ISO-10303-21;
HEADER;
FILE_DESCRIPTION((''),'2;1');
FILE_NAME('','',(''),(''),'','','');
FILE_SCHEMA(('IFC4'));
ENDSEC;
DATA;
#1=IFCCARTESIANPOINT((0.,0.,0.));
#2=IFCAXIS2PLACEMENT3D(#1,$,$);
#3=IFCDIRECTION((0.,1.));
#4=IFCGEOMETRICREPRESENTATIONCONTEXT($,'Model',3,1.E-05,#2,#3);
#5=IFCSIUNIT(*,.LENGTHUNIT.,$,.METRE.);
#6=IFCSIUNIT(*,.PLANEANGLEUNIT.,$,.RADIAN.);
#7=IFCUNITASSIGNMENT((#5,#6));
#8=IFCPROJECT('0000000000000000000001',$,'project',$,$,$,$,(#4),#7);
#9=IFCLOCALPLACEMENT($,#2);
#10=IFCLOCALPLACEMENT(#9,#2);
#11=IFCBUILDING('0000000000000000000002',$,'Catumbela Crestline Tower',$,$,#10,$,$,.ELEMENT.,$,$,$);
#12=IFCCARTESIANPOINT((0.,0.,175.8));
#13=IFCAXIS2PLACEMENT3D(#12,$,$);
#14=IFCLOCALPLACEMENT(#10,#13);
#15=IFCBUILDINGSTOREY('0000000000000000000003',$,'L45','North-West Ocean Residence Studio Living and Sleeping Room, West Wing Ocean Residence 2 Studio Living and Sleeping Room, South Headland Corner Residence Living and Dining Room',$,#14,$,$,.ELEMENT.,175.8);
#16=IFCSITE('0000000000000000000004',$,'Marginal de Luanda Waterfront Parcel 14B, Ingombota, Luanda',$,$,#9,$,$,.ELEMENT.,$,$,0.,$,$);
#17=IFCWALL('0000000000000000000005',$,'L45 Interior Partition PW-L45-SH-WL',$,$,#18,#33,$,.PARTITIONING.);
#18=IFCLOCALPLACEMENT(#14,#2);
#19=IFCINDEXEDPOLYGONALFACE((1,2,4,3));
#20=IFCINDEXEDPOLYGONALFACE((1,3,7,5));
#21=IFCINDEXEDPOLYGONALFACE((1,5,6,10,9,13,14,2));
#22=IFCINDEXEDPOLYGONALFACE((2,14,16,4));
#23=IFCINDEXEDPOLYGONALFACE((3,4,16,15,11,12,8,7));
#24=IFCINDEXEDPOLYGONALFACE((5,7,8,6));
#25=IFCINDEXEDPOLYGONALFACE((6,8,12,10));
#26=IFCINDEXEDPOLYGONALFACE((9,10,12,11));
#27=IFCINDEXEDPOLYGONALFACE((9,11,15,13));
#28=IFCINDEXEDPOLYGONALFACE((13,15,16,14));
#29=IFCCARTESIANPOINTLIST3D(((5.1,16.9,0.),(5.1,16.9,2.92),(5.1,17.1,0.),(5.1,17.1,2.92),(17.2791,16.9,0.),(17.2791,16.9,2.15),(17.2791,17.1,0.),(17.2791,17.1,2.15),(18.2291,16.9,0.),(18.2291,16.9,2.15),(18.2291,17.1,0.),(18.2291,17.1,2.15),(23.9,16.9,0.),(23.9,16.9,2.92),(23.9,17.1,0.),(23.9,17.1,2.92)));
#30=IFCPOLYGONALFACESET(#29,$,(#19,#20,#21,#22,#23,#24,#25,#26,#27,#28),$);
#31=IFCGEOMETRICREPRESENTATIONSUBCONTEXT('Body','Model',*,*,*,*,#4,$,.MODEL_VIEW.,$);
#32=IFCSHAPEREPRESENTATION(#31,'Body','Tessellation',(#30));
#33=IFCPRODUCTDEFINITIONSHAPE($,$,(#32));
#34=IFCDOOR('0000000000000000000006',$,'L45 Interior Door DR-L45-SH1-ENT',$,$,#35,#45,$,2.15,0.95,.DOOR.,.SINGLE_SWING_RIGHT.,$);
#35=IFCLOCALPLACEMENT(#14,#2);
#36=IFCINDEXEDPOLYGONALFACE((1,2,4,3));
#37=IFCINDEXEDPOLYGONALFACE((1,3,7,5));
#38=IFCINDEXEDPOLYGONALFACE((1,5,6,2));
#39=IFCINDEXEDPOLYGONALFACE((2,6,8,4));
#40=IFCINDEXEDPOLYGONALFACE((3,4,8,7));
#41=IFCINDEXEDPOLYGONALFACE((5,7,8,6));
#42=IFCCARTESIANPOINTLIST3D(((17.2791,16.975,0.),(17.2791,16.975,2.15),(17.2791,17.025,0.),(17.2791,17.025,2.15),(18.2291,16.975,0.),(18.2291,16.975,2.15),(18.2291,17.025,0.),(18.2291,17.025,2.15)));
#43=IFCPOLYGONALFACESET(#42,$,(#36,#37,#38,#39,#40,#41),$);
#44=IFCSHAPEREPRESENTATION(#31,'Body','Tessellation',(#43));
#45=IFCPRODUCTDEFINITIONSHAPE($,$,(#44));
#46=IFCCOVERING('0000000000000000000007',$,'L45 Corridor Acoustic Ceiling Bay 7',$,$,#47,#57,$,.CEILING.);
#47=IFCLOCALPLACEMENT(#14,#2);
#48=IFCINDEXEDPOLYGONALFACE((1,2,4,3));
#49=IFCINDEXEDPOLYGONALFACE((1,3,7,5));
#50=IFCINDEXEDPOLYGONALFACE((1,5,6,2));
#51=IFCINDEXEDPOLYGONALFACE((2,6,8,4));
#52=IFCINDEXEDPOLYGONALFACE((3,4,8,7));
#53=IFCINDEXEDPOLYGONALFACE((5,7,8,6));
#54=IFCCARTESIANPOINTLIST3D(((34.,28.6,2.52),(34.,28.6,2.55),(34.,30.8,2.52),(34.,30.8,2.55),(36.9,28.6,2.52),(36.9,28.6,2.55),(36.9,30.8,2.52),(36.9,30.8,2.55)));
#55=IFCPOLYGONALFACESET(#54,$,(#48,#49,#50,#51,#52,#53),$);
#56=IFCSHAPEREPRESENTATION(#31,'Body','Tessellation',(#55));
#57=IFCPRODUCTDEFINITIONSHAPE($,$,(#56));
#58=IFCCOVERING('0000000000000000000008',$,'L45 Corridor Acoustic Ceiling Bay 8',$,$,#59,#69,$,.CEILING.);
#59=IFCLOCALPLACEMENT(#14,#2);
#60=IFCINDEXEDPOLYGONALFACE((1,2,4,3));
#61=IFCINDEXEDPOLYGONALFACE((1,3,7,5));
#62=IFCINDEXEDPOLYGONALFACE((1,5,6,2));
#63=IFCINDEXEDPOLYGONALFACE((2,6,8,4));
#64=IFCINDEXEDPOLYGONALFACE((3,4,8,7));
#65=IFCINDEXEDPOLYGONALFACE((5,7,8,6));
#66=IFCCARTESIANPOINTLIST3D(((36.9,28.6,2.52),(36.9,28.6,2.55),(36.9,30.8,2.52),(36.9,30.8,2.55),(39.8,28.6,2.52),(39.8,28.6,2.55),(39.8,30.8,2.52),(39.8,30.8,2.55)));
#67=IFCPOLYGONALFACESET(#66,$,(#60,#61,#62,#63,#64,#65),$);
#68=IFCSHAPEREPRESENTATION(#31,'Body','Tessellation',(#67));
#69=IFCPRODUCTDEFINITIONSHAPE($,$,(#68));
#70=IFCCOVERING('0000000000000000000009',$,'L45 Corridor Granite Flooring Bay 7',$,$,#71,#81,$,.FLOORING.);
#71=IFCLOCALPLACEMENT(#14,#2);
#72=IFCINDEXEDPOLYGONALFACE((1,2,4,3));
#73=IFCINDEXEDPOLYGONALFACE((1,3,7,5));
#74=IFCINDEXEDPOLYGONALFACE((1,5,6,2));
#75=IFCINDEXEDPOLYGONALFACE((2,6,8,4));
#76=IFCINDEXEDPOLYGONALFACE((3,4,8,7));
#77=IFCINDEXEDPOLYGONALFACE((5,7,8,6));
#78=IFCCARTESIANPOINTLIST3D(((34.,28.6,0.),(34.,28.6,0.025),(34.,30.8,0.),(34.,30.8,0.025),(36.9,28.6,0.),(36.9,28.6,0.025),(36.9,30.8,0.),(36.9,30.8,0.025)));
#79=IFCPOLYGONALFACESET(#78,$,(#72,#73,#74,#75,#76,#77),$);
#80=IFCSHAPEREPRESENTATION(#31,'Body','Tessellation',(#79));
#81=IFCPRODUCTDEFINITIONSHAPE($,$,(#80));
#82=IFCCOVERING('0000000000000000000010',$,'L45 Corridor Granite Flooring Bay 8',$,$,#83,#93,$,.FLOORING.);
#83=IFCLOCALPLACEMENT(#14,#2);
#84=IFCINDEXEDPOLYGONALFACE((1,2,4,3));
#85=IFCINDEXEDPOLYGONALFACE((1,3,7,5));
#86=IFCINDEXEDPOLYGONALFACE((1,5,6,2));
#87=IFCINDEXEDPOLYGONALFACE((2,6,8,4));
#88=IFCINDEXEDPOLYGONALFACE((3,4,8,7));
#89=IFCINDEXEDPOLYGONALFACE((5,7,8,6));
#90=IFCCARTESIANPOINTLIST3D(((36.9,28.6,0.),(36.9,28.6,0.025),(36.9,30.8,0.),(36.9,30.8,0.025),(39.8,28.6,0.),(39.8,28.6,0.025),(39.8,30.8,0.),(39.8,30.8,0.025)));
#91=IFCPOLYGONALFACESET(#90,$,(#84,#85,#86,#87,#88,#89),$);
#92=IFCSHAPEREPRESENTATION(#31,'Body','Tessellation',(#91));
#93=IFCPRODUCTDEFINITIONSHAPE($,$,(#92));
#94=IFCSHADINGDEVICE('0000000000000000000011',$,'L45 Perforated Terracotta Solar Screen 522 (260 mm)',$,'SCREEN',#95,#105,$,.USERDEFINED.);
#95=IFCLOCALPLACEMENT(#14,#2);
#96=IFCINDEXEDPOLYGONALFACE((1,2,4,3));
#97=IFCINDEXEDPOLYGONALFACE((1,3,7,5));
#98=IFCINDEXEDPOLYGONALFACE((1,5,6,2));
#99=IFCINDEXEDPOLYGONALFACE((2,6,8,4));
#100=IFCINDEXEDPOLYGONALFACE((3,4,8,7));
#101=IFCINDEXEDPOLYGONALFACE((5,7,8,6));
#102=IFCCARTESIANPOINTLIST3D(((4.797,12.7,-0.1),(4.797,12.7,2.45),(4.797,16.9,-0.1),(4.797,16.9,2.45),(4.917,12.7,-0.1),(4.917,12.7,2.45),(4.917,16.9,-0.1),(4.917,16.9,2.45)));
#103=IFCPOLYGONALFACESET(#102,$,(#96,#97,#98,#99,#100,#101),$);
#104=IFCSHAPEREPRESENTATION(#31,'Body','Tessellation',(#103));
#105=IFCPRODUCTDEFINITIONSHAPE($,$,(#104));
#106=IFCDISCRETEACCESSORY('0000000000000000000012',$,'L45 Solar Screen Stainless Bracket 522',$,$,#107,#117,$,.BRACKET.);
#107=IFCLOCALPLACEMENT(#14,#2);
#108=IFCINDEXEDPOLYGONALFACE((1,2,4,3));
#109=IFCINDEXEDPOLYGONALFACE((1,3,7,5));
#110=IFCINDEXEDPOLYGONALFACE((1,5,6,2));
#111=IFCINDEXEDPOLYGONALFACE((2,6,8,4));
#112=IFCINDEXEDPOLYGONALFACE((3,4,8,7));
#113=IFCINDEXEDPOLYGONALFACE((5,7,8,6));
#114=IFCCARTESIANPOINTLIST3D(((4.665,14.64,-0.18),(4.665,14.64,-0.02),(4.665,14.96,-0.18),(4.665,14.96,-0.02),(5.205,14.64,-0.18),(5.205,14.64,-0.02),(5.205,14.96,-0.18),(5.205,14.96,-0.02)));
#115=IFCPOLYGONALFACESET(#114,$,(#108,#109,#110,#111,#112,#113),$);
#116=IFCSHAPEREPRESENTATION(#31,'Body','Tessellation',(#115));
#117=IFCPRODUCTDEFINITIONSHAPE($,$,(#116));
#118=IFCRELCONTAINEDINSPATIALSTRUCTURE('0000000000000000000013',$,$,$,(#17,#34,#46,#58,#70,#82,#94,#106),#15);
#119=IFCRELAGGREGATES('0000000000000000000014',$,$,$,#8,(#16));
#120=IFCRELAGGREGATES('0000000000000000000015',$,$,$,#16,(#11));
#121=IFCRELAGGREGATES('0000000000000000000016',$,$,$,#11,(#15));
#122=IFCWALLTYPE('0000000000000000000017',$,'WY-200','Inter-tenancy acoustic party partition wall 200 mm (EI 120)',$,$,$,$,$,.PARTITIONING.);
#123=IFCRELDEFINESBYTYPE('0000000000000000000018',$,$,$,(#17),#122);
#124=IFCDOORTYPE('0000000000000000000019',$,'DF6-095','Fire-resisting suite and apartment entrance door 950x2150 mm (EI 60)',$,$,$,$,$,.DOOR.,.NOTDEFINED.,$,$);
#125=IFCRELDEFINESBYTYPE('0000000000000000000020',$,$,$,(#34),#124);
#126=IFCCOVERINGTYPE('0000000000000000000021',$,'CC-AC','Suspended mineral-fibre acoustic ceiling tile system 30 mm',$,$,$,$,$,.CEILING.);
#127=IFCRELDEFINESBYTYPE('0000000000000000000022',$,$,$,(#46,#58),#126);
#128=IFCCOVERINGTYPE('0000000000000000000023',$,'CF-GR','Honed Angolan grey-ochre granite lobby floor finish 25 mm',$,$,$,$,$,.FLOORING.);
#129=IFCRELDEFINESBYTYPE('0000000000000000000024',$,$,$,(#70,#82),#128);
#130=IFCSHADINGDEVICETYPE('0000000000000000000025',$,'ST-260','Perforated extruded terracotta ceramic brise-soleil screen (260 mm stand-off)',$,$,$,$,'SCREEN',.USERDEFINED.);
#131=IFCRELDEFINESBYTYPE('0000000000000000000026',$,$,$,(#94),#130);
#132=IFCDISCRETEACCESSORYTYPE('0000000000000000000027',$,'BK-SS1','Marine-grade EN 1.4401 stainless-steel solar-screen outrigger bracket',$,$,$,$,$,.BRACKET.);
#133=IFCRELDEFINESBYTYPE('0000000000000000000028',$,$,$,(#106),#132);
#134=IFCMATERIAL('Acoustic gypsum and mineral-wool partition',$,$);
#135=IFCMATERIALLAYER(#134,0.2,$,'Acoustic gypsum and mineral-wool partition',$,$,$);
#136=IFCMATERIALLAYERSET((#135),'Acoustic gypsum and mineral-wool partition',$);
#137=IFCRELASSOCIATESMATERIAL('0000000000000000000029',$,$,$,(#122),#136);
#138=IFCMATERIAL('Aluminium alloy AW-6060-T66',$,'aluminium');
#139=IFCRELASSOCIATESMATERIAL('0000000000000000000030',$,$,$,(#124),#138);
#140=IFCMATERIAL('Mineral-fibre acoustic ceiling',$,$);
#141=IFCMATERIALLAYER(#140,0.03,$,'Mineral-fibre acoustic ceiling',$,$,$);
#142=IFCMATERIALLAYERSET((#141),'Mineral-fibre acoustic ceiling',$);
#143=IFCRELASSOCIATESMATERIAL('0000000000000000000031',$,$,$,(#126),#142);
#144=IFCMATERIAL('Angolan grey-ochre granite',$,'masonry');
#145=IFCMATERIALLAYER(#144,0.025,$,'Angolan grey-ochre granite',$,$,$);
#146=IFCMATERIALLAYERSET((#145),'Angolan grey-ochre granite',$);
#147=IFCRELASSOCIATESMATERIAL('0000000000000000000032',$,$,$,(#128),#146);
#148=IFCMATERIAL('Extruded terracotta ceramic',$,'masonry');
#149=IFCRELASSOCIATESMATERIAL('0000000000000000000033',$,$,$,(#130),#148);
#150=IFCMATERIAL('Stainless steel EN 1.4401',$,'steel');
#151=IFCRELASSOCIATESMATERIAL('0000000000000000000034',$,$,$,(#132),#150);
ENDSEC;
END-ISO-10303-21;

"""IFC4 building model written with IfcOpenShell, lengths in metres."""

from ifc_helpers import new_model, si_unit, direction, frame, frame_2d, origin, origin_2d, place, context, subcontext, project, spatial, polyline, rectangle, outline, extrude, material, layer, layer_set, type_object, element, fill, save


model = new_model("IFC4")

# Units and contexts
model_context = context("Model", 3, precision=1e-05, world=origin(), true_north=direction((0.0, 1.0)))
body_context = subcontext(model_context, "Body", "Model", "MODEL_VIEW")
ifc_project = project(units=[si_unit("LENGTHUNIT", "METRE"), si_unit("PLANEANGLEUNIT", "RADIAN")], contexts=[model_context])

# Site, building, storey
site_placement = place(None, origin())
site = spatial("IfcSite", under=ifc_project, at=site_placement, Name="Marginal de Luanda Waterfront Parcel 14B, Ingombota, Luanda", CompositionType="ELEMENT", RefElevation=0.0)
building_placement = place(site_placement, origin())
building = spatial("IfcBuilding", under=site, at=building_placement, Name="Catumbela Crestline Tower", CompositionType="ELEMENT")
storey_placement = place(building_placement, frame((0.0, 0.0, 175.8)))
storey = spatial("IfcBuildingStorey", under=building, at=storey_placement, Name="L45", Description="North-West Ocean Residence Studio Living and Sleeping Room, West Wing Ocean Residence 2 Studio Living and Sleeping Room, South Headland Corner Residence Living and Dining Room", CompositionType="ELEMENT", Elevation=175.8)

# Shared definitions
ifc_material_1 = material(Name="Aluminium alloy AW-6060-T66", Category="aluminium")

# Shared definitions
ifc_material_2 = material(Name="Angolan grey-ochre granite", Category="masonry")

# Shared definitions
ifc_material_3 = material(Name="Acoustic gypsum and mineral-wool partition")

# Wall, opening, door
ifc_layer_1 = layer(ifc_material_3, 0.2, Name="Acoustic gypsum and mineral-wool partition")
ifc_layer_set_1 = layer_set([ifc_layer_1], Name="Acoustic gypsum and mineral-wool partition")
wall_type_1 = type_object("IfcWallType", Name="WY-200", Description="Inter-tenancy acoustic party partition wall 200 mm (EI 120)", PredefinedType="PARTITIONING", material=ifc_layer_set_1)
wall_1_placement = place(storey_placement, frame((5.1, 17.0, 0.0), z_axis=(0.0, 0.0, 1.0), x_axis=(1.0, 0.0, 0.0)))
wall_1 = element("IfcWall", 1, at=wall_1_placement, inside=storey, type_object=wall_type_1, Name="L45 Interior Partition PW-L45-SH-WL", PredefinedType="PARTITIONING", context=body_context, shape_type="SweptSolid", body=[
    extrude(rectangle(XDim=18.8, YDim=0.2, at=frame_2d((9.4, 0.0))), origin(), (0.0, 0.0, 1.0), 2.92),
])
opening_1_placement = place(wall_1_placement, frame((12.1791, 0.0, 0.0)))
opening_1 = element("IfcOpeningElement", 2, at=opening_1_placement, cuts=wall_1, PredefinedType="OPENING", context=body_context, shape_type="SweptSolid", body=[
    extrude(rectangle(XDim=0.95, YDim=2.15, at=frame_2d((0.475, 1.075))), frame((0.0, 0.11, 0.0), z_axis=(0.0, -1.0, 0.0), x_axis=(1.0, 0.0, 0.0)), (0.0, 0.0, 1.0), 0.22),
])
door_type_1 = type_object("IfcDoorType", Name="DF6-095", Description="Fire-resisting suite and apartment entrance door 950x2150 mm (EI 60)", OperationType="NOTDEFINED", PredefinedType="DOOR", material=ifc_material_1)
door_1_placement = place(opening_1_placement, origin())
door_1 = element("IfcDoor", 3, at=door_1_placement, inside=storey, type_object=door_type_1, Name="L45 Interior Door DR-L45-SH1-ENT", OperationType="SINGLE_SWING_RIGHT", OverallHeight=2.15, OverallWidth=0.95, PredefinedType="DOOR", context=body_context, shape_type="SweptSolid", body=[
    extrude(rectangle(XDim=0.95, YDim=2.15, at=frame_2d((0.475, 1.075))), frame((0.0, 0.025, 0.0), z_axis=(0.0, -1.0, 0.0), x_axis=(1.0, 0.0, 0.0)), (0.0, 0.0, 1.0), 0.05),
])
fill(opening_1, door_1)

# Coverings
ifc_material_4 = material(Name="Mineral-fibre acoustic ceiling")
ifc_layer_2 = layer(ifc_material_4, 0.03, Name="Mineral-fibre acoustic ceiling")
ifc_layer_set_2 = layer_set([ifc_layer_2], Name="Mineral-fibre acoustic ceiling")
covering_type_1 = type_object("IfcCoveringType", Name="CC-AC", Description="Suspended mineral-fibre acoustic ceiling tile system 30 mm", PredefinedType="CEILING", material=ifc_layer_set_2)
covering_1_placement = place(storey_placement, frame((0.0, 0.0, 2.52)))
element("IfcCovering", 4, at=covering_1_placement, inside=storey, type_object=covering_type_1, Name="L45 Corridor Acoustic Ceiling Bay 7", PredefinedType="CEILING", context=body_context, shape_type="SweptSolid", body=[
    extrude(outline(polyline([(34.0, 28.6), (36.9, 28.6), (36.9, 30.8), (34.0, 30.8), (34.0, 28.6)])), origin(), (0.0, 0.0, 1.0), 0.03),
])
covering_2_placement = place(storey_placement, frame((0.0, 0.0, 2.52)))
element("IfcCovering", 5, at=covering_2_placement, inside=storey, type_object=covering_type_1, Name="L45 Corridor Acoustic Ceiling Bay 8", PredefinedType="CEILING", context=body_context, shape_type="SweptSolid", body=[
    extrude(outline(polyline([(36.9, 28.6), (39.8, 28.6), (39.8, 30.8), (36.9, 30.8), (36.9, 28.6)])), origin(), (0.0, 0.0, 1.0), 0.03),
])
ifc_layer_3 = layer(ifc_material_2, 0.025, Name="Angolan grey-ochre granite")
ifc_layer_set_3 = layer_set([ifc_layer_3], Name="Angolan grey-ochre granite")
covering_type_2 = type_object("IfcCoveringType", Name="CF-GR", Description="Honed Angolan grey-ochre granite lobby floor finish 25 mm", PredefinedType="FLOORING", material=ifc_layer_set_3)
covering_3_placement = place(storey_placement, origin())
element("IfcCovering", 6, at=covering_3_placement, inside=storey, type_object=covering_type_2, Name="L45 Corridor Granite Flooring Bay 7", PredefinedType="FLOORING", context=body_context, shape_type="SweptSolid", body=[
    extrude(outline(polyline([(34.0, 28.6), (36.9, 28.6), (36.9, 30.8), (34.0, 30.8), (34.0, 28.6)])), origin(), (0.0, 0.0, 1.0), 0.025),
])
covering_4_placement = place(storey_placement, origin())
element("IfcCovering", 7, at=covering_4_placement, inside=storey, type_object=covering_type_2, Name="L45 Corridor Granite Flooring Bay 8", PredefinedType="FLOORING", context=body_context, shape_type="SweptSolid", body=[
    extrude(outline(polyline([(36.9, 28.6), (39.8, 28.6), (39.8, 30.8), (36.9, 30.8), (36.9, 28.6)])), origin(), (0.0, 0.0, 1.0), 0.025),
])

# Shading device
ifc_material_5 = material(Name="Extruded terracotta ceramic", Category="masonry")
shading_device_type = type_object("IfcShadingDeviceType", Name="ST-260", Description="Perforated extruded terracotta ceramic brise-soleil screen (260 mm stand-off)", ElementType="SCREEN", PredefinedType="USERDEFINED", material=ifc_material_5)
shading_device_placement = place(storey_placement, frame((4.857, 14.8, -0.1), z_axis=(0.0, 0.0, 1.0), x_axis=(0.0, -1.0, 0.0)))
element("IfcShadingDevice", 8, at=shading_device_placement, inside=storey, type_object=shading_device_type, Name="L45 Perforated Terracotta Solar Screen 522 (260 mm)", ObjectType="SCREEN", PredefinedType="USERDEFINED", context=body_context, shape_type="SweptSolid", body=[
    extrude(rectangle(XDim=4.2, YDim=0.12, at=origin_2d()), origin(), (0.0, 0.0, 1.0), 2.55),
])

# Discrete accessory
ifc_material_6 = material(Name="Stainless steel EN 1.4401", Category="steel")
discrete_accessory_type = type_object("IfcDiscreteAccessoryType", Name="BK-SS1", Description="Marine-grade EN 1.4401 stainless-steel solar-screen outrigger bracket", PredefinedType="BRACKET", material=ifc_material_6)
discrete_accessory_placement = place(storey_placement, frame((4.935, 14.8, -0.18), z_axis=(0.0, 0.0, 1.0), x_axis=(0.0, -1.0, 0.0)))
element("IfcDiscreteAccessory", 9, at=discrete_accessory_placement, inside=storey, type_object=discrete_accessory_type, Name="L45 Solar Screen Stainless Bracket 522", PredefinedType="BRACKET", context=body_context, shape_type="SweptSolid", body=[
    extrude(rectangle(XDim=0.32, YDim=0.54, at=origin_2d()), origin(), (0.0, 0.0, 1.0), 0.16),
])

save(model, "model.ifc")
